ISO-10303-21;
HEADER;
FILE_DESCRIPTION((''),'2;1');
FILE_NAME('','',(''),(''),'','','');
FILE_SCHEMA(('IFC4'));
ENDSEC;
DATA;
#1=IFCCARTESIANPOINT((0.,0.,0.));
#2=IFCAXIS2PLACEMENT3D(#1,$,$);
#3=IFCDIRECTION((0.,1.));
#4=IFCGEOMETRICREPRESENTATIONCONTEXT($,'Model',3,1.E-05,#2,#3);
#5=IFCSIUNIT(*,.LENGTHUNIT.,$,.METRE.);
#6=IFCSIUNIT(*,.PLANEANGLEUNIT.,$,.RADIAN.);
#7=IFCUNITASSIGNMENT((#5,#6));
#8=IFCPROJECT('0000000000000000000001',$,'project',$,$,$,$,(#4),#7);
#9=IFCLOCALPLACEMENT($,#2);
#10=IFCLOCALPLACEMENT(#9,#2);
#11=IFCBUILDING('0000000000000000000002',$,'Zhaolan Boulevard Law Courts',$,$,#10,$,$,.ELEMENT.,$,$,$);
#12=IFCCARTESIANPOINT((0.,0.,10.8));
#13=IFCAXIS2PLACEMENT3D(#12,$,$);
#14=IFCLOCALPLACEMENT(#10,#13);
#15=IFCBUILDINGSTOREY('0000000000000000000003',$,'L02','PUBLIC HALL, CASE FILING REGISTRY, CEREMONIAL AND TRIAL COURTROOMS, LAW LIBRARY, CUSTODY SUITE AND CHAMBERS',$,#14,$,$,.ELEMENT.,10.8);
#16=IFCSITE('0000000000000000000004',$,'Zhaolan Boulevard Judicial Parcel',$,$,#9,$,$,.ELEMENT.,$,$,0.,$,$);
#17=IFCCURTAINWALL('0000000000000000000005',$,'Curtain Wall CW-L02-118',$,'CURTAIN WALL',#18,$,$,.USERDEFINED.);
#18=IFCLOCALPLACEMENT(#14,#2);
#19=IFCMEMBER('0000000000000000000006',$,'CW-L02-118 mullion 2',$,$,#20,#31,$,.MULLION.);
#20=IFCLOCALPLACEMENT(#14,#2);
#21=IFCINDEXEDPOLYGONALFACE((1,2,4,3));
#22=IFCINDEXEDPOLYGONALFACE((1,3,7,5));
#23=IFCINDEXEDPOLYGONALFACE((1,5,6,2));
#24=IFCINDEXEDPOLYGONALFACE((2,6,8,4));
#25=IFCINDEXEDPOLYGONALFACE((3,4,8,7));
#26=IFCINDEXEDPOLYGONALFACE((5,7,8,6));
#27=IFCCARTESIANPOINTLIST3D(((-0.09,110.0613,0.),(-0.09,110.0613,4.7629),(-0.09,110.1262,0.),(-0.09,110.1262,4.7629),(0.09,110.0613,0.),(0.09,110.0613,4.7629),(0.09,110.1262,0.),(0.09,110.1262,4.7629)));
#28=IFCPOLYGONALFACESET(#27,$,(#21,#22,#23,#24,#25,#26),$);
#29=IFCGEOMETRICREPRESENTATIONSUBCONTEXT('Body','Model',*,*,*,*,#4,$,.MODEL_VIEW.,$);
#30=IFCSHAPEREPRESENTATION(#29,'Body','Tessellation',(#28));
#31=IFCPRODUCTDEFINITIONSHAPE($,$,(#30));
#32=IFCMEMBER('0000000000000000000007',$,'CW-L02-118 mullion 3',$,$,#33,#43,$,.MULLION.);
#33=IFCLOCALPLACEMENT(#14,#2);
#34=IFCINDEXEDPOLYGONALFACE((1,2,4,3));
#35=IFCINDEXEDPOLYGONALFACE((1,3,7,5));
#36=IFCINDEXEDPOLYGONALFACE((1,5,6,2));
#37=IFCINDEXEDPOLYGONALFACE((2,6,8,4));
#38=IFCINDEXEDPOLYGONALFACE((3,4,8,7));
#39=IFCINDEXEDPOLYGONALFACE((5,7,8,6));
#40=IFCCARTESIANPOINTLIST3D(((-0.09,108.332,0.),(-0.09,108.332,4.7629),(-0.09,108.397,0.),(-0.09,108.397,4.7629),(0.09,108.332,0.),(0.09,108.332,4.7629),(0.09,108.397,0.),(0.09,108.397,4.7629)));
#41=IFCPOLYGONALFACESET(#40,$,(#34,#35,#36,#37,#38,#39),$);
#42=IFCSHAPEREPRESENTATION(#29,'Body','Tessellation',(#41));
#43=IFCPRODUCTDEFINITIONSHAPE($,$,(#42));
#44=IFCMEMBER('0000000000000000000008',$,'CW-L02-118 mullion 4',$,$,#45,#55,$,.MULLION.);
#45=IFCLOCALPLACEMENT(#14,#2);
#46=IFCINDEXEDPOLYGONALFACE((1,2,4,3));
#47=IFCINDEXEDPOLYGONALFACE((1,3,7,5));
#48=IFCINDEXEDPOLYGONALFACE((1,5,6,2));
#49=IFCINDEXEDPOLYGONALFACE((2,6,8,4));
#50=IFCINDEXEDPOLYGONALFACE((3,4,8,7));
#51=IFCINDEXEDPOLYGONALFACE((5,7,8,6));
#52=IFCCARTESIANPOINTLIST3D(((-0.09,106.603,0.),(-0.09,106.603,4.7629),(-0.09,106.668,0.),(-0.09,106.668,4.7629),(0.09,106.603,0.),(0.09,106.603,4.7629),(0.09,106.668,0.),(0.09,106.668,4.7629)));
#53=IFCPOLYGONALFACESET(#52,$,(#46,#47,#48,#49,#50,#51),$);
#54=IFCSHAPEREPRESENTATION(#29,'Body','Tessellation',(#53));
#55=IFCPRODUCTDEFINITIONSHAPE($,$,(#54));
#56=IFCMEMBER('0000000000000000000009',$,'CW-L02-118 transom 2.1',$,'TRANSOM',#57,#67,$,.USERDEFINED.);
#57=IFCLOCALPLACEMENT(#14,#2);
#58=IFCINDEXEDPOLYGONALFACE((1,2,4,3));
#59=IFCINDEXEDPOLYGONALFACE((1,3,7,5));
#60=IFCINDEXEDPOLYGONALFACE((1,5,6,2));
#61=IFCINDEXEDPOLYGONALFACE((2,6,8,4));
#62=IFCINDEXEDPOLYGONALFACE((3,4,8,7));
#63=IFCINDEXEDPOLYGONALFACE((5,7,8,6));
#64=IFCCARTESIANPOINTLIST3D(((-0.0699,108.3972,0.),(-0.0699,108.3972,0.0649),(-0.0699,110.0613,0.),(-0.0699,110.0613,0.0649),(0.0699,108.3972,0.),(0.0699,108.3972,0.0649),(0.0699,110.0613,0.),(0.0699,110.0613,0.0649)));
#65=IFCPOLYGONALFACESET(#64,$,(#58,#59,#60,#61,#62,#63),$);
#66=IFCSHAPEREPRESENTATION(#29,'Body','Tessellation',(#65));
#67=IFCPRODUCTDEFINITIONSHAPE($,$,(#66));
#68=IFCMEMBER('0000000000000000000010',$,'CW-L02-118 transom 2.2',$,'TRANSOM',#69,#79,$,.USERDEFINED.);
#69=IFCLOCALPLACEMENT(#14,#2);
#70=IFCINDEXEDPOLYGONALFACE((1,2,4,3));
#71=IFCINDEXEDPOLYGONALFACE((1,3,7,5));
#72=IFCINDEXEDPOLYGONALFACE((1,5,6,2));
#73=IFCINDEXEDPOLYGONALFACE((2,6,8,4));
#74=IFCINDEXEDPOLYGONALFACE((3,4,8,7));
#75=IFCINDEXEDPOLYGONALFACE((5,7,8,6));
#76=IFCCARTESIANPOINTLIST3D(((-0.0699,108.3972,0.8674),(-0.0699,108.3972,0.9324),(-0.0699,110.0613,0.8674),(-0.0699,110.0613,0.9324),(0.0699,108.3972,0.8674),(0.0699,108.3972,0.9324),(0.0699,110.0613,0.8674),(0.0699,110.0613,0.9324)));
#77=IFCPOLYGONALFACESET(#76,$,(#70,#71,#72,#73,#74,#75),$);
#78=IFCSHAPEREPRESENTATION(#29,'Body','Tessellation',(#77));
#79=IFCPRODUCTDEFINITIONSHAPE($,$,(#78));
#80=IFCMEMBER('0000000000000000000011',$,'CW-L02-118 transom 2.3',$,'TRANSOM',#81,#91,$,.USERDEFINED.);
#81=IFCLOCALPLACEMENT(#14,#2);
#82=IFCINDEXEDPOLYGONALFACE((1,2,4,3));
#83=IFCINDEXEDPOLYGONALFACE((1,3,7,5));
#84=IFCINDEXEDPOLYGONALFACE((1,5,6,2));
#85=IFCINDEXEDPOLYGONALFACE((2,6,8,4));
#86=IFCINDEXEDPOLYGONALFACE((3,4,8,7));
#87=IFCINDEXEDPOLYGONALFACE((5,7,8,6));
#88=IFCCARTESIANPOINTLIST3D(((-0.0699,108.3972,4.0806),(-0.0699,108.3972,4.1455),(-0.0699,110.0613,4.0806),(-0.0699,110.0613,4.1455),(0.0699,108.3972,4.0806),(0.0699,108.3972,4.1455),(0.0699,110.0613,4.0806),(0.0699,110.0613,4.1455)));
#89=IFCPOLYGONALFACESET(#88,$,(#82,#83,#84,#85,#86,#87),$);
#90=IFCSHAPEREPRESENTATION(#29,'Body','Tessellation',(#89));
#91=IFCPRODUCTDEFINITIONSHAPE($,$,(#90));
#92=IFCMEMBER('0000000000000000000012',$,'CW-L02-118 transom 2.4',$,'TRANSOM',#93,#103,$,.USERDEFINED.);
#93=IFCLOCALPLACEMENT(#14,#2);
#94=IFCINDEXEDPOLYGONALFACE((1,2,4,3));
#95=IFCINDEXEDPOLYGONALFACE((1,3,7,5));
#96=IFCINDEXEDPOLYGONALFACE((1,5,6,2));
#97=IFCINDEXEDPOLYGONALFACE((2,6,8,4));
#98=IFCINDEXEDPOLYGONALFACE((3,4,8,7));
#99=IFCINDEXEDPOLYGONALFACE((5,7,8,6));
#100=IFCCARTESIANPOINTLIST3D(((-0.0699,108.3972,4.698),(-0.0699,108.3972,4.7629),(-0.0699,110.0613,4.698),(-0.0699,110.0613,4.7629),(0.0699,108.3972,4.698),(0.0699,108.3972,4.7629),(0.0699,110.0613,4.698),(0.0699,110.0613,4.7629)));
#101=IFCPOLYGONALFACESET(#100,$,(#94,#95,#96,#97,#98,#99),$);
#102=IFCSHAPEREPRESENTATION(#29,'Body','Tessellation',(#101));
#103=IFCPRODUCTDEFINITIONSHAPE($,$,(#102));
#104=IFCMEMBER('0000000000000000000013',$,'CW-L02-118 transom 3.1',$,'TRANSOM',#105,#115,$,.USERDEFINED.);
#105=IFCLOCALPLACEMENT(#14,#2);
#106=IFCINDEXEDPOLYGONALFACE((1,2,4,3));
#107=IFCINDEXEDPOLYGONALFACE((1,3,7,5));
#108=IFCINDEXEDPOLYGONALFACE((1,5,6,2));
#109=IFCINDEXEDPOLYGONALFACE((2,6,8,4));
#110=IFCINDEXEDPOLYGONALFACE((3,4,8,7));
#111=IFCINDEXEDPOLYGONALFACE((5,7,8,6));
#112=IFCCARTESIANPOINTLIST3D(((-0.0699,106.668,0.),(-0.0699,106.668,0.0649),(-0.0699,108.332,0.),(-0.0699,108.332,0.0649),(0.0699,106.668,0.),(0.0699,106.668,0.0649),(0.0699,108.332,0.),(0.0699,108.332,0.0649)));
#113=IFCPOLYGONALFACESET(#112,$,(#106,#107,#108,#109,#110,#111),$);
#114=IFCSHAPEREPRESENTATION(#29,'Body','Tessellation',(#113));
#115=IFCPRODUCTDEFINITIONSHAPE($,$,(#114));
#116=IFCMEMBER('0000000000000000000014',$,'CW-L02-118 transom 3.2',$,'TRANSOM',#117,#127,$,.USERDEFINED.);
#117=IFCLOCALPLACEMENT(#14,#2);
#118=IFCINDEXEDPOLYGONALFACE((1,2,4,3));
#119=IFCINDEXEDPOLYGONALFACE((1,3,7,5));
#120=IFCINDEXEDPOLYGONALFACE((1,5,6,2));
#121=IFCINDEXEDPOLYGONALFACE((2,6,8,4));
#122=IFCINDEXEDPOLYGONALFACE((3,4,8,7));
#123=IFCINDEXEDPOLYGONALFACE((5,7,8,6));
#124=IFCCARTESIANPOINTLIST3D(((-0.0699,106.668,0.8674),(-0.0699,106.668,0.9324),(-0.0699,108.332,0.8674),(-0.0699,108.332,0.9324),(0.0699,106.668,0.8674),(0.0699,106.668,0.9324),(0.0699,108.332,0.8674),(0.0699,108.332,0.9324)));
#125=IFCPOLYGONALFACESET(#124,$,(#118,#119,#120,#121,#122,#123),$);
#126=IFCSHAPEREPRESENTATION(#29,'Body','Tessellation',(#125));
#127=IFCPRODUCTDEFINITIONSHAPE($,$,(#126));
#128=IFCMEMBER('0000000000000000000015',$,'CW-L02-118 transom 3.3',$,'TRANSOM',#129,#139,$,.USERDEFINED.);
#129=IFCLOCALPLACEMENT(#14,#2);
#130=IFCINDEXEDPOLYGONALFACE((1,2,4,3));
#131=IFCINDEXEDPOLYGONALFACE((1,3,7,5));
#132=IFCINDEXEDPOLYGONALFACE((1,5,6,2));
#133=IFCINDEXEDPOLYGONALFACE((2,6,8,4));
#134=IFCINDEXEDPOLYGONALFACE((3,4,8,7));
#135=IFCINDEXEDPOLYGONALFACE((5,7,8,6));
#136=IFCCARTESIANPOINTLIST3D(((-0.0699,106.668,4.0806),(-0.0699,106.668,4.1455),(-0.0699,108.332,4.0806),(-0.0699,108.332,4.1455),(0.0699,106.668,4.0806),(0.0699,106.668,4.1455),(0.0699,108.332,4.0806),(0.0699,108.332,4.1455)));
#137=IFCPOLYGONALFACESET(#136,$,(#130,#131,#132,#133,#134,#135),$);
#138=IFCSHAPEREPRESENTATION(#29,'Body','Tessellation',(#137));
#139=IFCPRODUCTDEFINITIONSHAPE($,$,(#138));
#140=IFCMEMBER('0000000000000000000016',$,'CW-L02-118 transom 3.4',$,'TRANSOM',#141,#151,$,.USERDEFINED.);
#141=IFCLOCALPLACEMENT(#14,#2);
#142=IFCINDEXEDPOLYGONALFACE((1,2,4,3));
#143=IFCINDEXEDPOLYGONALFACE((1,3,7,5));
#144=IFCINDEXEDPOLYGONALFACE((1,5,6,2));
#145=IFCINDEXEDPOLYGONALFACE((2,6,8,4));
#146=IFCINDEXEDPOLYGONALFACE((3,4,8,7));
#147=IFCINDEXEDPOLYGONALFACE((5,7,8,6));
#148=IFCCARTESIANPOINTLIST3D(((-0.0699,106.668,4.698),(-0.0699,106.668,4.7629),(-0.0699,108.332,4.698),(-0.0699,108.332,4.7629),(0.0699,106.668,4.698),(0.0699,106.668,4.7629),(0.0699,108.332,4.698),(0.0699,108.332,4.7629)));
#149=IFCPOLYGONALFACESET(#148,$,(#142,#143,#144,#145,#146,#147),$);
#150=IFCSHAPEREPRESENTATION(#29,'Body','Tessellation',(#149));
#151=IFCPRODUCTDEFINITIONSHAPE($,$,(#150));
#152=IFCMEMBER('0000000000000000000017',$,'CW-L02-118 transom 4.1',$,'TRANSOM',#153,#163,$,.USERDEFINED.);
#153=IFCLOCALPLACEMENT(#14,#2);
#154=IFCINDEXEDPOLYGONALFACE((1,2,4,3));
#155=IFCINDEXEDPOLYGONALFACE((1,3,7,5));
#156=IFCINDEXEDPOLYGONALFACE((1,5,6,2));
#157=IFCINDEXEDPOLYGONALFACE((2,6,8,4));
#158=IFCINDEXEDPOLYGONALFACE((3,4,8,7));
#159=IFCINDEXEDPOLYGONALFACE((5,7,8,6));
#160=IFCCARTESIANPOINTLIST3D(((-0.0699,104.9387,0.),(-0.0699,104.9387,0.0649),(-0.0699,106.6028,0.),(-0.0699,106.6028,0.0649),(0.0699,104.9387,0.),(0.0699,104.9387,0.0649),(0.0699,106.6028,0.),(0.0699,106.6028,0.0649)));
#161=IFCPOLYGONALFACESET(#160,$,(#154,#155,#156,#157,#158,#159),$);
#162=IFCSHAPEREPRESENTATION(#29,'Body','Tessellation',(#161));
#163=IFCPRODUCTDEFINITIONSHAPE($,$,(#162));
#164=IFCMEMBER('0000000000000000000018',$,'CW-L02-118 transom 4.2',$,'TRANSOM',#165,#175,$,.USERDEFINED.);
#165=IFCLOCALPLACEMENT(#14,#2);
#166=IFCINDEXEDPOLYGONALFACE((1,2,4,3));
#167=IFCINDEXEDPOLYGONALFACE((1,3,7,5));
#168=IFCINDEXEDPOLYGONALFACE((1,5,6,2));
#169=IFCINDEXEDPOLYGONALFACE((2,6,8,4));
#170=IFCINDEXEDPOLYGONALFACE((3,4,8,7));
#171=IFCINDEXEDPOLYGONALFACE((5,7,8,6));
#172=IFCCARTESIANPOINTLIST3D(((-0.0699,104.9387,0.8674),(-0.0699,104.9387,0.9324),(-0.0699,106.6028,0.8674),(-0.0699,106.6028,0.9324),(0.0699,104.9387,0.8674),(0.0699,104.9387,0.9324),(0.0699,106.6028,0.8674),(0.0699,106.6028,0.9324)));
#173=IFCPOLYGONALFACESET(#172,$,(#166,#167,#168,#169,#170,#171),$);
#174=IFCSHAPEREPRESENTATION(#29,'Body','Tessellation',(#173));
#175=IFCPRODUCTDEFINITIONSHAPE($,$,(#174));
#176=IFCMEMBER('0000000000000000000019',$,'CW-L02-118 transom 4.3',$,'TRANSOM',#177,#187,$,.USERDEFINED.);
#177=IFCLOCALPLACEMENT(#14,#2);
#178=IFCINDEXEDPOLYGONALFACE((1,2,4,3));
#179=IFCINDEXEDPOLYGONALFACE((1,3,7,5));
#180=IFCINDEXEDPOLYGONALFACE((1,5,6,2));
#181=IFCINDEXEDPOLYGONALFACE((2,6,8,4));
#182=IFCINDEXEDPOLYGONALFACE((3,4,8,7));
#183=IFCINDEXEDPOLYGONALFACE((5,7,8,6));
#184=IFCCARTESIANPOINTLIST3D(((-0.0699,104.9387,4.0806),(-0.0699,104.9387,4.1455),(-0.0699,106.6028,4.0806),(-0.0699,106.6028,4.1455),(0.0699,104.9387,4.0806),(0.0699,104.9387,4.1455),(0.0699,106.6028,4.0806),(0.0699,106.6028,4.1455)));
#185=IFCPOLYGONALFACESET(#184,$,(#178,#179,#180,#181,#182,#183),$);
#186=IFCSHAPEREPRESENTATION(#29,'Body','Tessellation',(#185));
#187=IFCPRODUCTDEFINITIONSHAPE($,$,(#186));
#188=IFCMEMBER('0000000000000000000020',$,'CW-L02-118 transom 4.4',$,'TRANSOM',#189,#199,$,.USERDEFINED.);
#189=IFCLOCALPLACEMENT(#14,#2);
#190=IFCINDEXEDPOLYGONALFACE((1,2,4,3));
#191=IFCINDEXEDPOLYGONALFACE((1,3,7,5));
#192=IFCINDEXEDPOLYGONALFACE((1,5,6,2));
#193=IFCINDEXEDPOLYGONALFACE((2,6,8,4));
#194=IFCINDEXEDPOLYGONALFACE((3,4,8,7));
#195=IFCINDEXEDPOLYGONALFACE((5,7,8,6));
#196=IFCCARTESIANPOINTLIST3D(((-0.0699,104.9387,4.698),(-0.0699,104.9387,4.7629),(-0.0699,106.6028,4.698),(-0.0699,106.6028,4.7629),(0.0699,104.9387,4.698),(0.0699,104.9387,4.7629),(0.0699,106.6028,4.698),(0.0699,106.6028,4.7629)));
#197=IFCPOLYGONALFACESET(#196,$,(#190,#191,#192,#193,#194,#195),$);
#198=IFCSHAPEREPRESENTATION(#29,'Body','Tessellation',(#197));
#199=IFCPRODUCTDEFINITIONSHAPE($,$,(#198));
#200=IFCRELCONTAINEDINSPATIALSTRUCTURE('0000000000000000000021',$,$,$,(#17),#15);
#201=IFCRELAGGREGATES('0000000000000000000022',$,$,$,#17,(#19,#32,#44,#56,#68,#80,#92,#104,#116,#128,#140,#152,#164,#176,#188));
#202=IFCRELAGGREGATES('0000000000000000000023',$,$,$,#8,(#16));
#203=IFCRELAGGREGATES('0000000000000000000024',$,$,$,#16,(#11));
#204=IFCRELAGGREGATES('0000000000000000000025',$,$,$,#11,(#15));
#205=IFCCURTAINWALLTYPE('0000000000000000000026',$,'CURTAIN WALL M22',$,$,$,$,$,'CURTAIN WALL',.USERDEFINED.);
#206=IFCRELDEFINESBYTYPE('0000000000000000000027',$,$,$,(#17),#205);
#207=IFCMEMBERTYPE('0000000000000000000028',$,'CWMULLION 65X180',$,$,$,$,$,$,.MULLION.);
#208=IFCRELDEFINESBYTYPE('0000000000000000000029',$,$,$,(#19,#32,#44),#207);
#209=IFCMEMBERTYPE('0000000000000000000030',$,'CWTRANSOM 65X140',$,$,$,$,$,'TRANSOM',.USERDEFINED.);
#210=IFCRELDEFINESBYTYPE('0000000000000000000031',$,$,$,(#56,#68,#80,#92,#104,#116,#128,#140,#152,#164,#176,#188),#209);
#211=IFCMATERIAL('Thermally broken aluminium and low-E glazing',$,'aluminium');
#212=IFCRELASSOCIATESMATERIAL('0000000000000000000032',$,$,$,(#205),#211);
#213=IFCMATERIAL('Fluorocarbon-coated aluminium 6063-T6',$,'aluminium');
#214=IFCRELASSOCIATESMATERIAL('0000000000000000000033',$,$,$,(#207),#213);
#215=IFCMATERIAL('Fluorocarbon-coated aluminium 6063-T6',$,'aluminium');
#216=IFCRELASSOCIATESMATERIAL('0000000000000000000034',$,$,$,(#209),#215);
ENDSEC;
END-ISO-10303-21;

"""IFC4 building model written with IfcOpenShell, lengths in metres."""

from ifc_helpers import new_model, si_unit, direction, frame, origin, origin_2d, place, context, subcontext, project, spatial, rectangle, extrude, material, material_profile, profile_set, type_object, element, aggregate, save


model = new_model("IFC4")

# Units and contexts
model_context = context("Model", 3, precision=1e-05, world=origin(), true_north=direction((0.0, 1.0)))
body_context = subcontext(model_context, "Body", "Model", "MODEL_VIEW")
ifc_project = project(units=[si_unit("LENGTHUNIT", "METRE"), si_unit("PLANEANGLEUNIT", "RADIAN")], contexts=[model_context])

# Site, building, storey
site_placement = place(None, origin())
site = spatial("IfcSite", under=ifc_project, at=site_placement, Name="Zhaolan Boulevard Judicial Parcel", CompositionType="ELEMENT", RefElevation=0.0)
building_placement = place(site_placement, origin())
building = spatial("IfcBuilding", under=site, at=building_placement, Name="Zhaolan Boulevard Law Courts", CompositionType="ELEMENT")
storey_placement = place(building_placement, frame((0.0, 0.0, 10.8)))
storey = spatial("IfcBuildingStorey", under=building, at=storey_placement, Name="L02", Description="PUBLIC HALL, CASE FILING REGISTRY, CEREMONIAL AND TRIAL COURTROOMS, LAW LIBRARY, CUSTODY SUITE AND CHAMBERS", CompositionType="ELEMENT", Elevation=10.8)

# Curtain wall, members
ifc_material_1 = material(Name="Thermally broken aluminium and low-E glazing", Category="aluminium")
curtain_wall_type = type_object("IfcCurtainWallType", Name="CURTAIN WALL M22", ElementType="CURTAIN WALL", PredefinedType="USERDEFINED", material=ifc_material_1)
curtain_wall_placement = place(storey_placement, origin())
curtain_wall = element("IfcCurtainWall", 1, at=curtain_wall_placement, inside=storey, type_object=curtain_wall_type, Name="Curtain Wall CW-L02-118", ObjectType="CURTAIN WALL", PredefinedType="USERDEFINED")
ifc_material_2 = material(Name="Fluorocarbon-coated aluminium 6063-T6", Category="aluminium")
ifc_material_profile_1 = material_profile(ifc_material_2, rectangle(XDim=0.1799, YDim=0.0649, at=origin_2d()), Name="AL65x180")
ifc_profile_set_1 = profile_set([ifc_material_profile_1], Name="Fluorocarbon-coated aluminium 6063-T6")
member_type_1 = type_object("IfcMemberType", Name="CWMULLION 65X180", PredefinedType="MULLION", material=ifc_profile_set_1)
member_1_placement = place(storey_placement, frame((0.0, 110.0938, 0.0), z_axis=(0.0, 0.0, 1.0), x_axis=(1.0, 0.0, 0.0)))
member_1 = element("IfcMember", 2, at=member_1_placement, type_object=member_type_1, Name="CW-L02-118 mullion 2", PredefinedType="MULLION", context=body_context, shape_type="SweptSolid", body=[
    extrude(rectangle(XDim=0.1799, YDim=0.0649, at=origin_2d()), origin(), (0.0, 0.0, 1.0), 4.7629),
])
member_2_placement = place(storey_placement, frame((0.0, 108.3645, 0.0), z_axis=(0.0, 0.0, 1.0), x_axis=(1.0, 0.0, 0.0)))
member_2 = element("IfcMember", 3, at=member_2_placement, type_object=member_type_1, Name="CW-L02-118 mullion 3", PredefinedType="MULLION", context=body_context, shape_type="SweptSolid", body=[
    extrude(rectangle(XDim=0.1799, YDim=0.0649, at=origin_2d()), origin(), (0.0, 0.0, 1.0), 4.7629),
])
member_3_placement = place(storey_placement, frame((0.0, 106.6355, 0.0), z_axis=(0.0, 0.0, 1.0), x_axis=(1.0, 0.0, 0.0)))
member_3 = element("IfcMember", 4, at=member_3_placement, type_object=member_type_1, Name="CW-L02-118 mullion 4", PredefinedType="MULLION", context=body_context, shape_type="SweptSolid", body=[
    extrude(rectangle(XDim=0.1799, YDim=0.0649, at=origin_2d()), origin(), (0.0, 0.0, 1.0), 4.7629),
])
ifc_material_3 = material(Name="Fluorocarbon-coated aluminium 6063-T6", Category="aluminium")
ifc_material_profile_2 = material_profile(ifc_material_3, rectangle(XDim=0.1399, YDim=0.0649, at=origin_2d()), Name="AL65x140")
ifc_profile_set_2 = profile_set([ifc_material_profile_2], Name="Fluorocarbon-coated aluminium 6063-T6")
member_type_2 = type_object("IfcMemberType", Name="CWTRANSOM 65X140", ElementType="TRANSOM", PredefinedType="USERDEFINED", material=ifc_profile_set_2)
member_4_placement = place(storey_placement, frame((0.0, 110.0613, 0.0325), z_axis=(0.0, -1.0, 0.0), x_axis=(1.0, 0.0, 0.0)))
member_4 = element("IfcMember", 5, at=member_4_placement, type_object=member_type_2, Name="CW-L02-118 transom 2.1", ObjectType="TRANSOM", PredefinedType="USERDEFINED", context=body_context, shape_type="SweptSolid", body=[
    extrude(rectangle(XDim=0.1399, YDim=0.0649, at=origin_2d()), origin(), (0.0, 0.0, 1.0), 1.6641),
])
member_5_placement = place(storey_placement, frame((0.0, 110.0613, 0.8999), z_axis=(0.0, -1.0, 0.0), x_axis=(1.0, 0.0, 0.0)))
member_5 = element("IfcMember", 6, at=member_5_placement, type_object=member_type_2, Name="CW-L02-118 transom 2.2", ObjectType="TRANSOM", PredefinedType="USERDEFINED", context=body_context, shape_type="SweptSolid", body=[
    extrude(rectangle(XDim=0.1399, YDim=0.0649, at=origin_2d()), origin(), (0.0, 0.0, 1.0), 1.6641),
])
member_6_placement = place(storey_placement, frame((0.0, 110.0613, 4.113), z_axis=(0.0, -1.0, 0.0), x_axis=(1.0, 0.0, 0.0)))
member_6 = element("IfcMember", 7, at=member_6_placement, type_object=member_type_2, Name="CW-L02-118 transom 2.3", ObjectType="TRANSOM", PredefinedType="USERDEFINED", context=body_context, shape_type="SweptSolid", body=[
    extrude(rectangle(XDim=0.1399, YDim=0.0649, at=origin_2d()), origin(), (0.0, 0.0, 1.0), 1.6641),
])
member_7_placement = place(storey_placement, frame((0.0, 110.0613, 4.7305), z_axis=(0.0, -1.0, 0.0), x_axis=(1.0, 0.0, 0.0)))
member_7 = element("IfcMember", 8, at=member_7_placement, type_object=member_type_2, Name="CW-L02-118 transom 2.4", ObjectType="TRANSOM", PredefinedType="USERDEFINED", context=body_context, shape_type="SweptSolid", body=[
    extrude(rectangle(XDim=0.1399, YDim=0.0649, at=origin_2d()), origin(), (0.0, 0.0, 1.0), 1.6641),
])
member_8_placement = place(storey_placement, frame((0.0, 108.332, 0.0325), z_axis=(0.0, -1.0, 0.0), x_axis=(1.0, 0.0, 0.0)))
member_8 = element("IfcMember", 9, at=member_8_placement, type_object=member_type_2, Name="CW-L02-118 transom 3.1", ObjectType="TRANSOM", PredefinedType="USERDEFINED", context=body_context, shape_type="SweptSolid", body=[
    extrude(rectangle(XDim=0.1399, YDim=0.0649, at=origin_2d()), origin(), (0.0, 0.0, 1.0), 1.6641),
])
member_9_placement = place(storey_placement, frame((0.0, 108.332, 0.8999), z_axis=(0.0, -1.0, 0.0), x_axis=(1.0, 0.0, 0.0)))
member_9 = element("IfcMember", 10, at=member_9_placement, type_object=member_type_2, Name="CW-L02-118 transom 3.2", ObjectType="TRANSOM", PredefinedType="USERDEFINED", context=body_context, shape_type="SweptSolid", body=[
    extrude(rectangle(XDim=0.1399, YDim=0.0649, at=origin_2d()), origin(), (0.0, 0.0, 1.0), 1.6641),
])
member_10_placement = place(storey_placement, frame((0.0, 108.332, 4.113), z_axis=(0.0, -1.0, 0.0), x_axis=(1.0, 0.0, 0.0)))
member_10 = element("IfcMember", 11, at=member_10_placement, type_object=member_type_2, Name="CW-L02-118 transom 3.3", ObjectType="TRANSOM", PredefinedType="USERDEFINED", context=body_context, shape_type="SweptSolid", body=[
    extrude(rectangle(XDim=0.1399, YDim=0.0649, at=origin_2d()), origin(), (0.0, 0.0, 1.0), 1.6641),
])
member_11_placement = place(storey_placement, frame((0.0, 108.332, 4.7305), z_axis=(0.0, -1.0, 0.0), x_axis=(1.0, 0.0, 0.0)))
member_11 = element("IfcMember", 12, at=member_11_placement, type_object=member_type_2, Name="CW-L02-118 transom 3.4", ObjectType="TRANSOM", PredefinedType="USERDEFINED", context=body_context, shape_type="SweptSolid", body=[
    extrude(rectangle(XDim=0.1399, YDim=0.0649, at=origin_2d()), origin(), (0.0, 0.0, 1.0), 1.6641),
])
member_12_placement = place(storey_placement, frame((0.0, 106.6028, 0.0325), z_axis=(0.0, -1.0, 0.0), x_axis=(1.0, 0.0, 0.0)))
member_12 = element("IfcMember", 13, at=member_12_placement, type_object=member_type_2, Name="CW-L02-118 transom 4.1", ObjectType="TRANSOM", PredefinedType="USERDEFINED", context=body_context, shape_type="SweptSolid", body=[
    extrude(rectangle(XDim=0.1399, YDim=0.0649, at=origin_2d()), origin(), (0.0, 0.0, 1.0), 1.6641),
])
member_13_placement = place(storey_placement, frame((0.0, 106.6028, 0.8999), z_axis=(0.0, -1.0, 0.0), x_axis=(1.0, 0.0, 0.0)))
member_13 = element("IfcMember", 14, at=member_13_placement, type_object=member_type_2, Name="CW-L02-118 transom 4.2", ObjectType="TRANSOM", PredefinedType="USERDEFINED", context=body_context, shape_type="SweptSolid", body=[
    extrude(rectangle(XDim=0.1399, YDim=0.0649, at=origin_2d()), origin(), (0.0, 0.0, 1.0), 1.6641),
])
member_14_placement = place(storey_placement, frame((0.0, 106.6028, 4.113), z_axis=(0.0, -1.0, 0.0), x_axis=(1.0, 0.0, 0.0)))
member_14 = element("IfcMember", 15, at=member_14_placement, type_object=member_type_2, Name="CW-L02-118 transom 4.3", ObjectType="TRANSOM", PredefinedType="USERDEFINED", context=body_context, shape_type="SweptSolid", body=[
    extrude(rectangle(XDim=0.1399, YDim=0.0649, at=origin_2d()), origin(), (0.0, 0.0, 1.0), 1.6641),
])
member_15_placement = place(storey_placement, frame((0.0, 106.6028, 4.7305), z_axis=(0.0, -1.0, 0.0), x_axis=(1.0, 0.0, 0.0)))
member_15 = element("IfcMember", 16, at=member_15_placement, type_object=member_type_2, Name="CW-L02-118 transom 4.4", ObjectType="TRANSOM", PredefinedType="USERDEFINED", context=body_context, shape_type="SweptSolid", body=[
    extrude(rectangle(XDim=0.1399, YDim=0.0649, at=origin_2d()), origin(), (0.0, 0.0, 1.0), 1.6641),
])
aggregate(curtain_wall, [member_1, member_2, member_3, member_4, member_5, member_6, member_7, member_8, member_9, member_10, member_11, member_12, member_13, member_14, member_15])

save(model, "model.ifc")
